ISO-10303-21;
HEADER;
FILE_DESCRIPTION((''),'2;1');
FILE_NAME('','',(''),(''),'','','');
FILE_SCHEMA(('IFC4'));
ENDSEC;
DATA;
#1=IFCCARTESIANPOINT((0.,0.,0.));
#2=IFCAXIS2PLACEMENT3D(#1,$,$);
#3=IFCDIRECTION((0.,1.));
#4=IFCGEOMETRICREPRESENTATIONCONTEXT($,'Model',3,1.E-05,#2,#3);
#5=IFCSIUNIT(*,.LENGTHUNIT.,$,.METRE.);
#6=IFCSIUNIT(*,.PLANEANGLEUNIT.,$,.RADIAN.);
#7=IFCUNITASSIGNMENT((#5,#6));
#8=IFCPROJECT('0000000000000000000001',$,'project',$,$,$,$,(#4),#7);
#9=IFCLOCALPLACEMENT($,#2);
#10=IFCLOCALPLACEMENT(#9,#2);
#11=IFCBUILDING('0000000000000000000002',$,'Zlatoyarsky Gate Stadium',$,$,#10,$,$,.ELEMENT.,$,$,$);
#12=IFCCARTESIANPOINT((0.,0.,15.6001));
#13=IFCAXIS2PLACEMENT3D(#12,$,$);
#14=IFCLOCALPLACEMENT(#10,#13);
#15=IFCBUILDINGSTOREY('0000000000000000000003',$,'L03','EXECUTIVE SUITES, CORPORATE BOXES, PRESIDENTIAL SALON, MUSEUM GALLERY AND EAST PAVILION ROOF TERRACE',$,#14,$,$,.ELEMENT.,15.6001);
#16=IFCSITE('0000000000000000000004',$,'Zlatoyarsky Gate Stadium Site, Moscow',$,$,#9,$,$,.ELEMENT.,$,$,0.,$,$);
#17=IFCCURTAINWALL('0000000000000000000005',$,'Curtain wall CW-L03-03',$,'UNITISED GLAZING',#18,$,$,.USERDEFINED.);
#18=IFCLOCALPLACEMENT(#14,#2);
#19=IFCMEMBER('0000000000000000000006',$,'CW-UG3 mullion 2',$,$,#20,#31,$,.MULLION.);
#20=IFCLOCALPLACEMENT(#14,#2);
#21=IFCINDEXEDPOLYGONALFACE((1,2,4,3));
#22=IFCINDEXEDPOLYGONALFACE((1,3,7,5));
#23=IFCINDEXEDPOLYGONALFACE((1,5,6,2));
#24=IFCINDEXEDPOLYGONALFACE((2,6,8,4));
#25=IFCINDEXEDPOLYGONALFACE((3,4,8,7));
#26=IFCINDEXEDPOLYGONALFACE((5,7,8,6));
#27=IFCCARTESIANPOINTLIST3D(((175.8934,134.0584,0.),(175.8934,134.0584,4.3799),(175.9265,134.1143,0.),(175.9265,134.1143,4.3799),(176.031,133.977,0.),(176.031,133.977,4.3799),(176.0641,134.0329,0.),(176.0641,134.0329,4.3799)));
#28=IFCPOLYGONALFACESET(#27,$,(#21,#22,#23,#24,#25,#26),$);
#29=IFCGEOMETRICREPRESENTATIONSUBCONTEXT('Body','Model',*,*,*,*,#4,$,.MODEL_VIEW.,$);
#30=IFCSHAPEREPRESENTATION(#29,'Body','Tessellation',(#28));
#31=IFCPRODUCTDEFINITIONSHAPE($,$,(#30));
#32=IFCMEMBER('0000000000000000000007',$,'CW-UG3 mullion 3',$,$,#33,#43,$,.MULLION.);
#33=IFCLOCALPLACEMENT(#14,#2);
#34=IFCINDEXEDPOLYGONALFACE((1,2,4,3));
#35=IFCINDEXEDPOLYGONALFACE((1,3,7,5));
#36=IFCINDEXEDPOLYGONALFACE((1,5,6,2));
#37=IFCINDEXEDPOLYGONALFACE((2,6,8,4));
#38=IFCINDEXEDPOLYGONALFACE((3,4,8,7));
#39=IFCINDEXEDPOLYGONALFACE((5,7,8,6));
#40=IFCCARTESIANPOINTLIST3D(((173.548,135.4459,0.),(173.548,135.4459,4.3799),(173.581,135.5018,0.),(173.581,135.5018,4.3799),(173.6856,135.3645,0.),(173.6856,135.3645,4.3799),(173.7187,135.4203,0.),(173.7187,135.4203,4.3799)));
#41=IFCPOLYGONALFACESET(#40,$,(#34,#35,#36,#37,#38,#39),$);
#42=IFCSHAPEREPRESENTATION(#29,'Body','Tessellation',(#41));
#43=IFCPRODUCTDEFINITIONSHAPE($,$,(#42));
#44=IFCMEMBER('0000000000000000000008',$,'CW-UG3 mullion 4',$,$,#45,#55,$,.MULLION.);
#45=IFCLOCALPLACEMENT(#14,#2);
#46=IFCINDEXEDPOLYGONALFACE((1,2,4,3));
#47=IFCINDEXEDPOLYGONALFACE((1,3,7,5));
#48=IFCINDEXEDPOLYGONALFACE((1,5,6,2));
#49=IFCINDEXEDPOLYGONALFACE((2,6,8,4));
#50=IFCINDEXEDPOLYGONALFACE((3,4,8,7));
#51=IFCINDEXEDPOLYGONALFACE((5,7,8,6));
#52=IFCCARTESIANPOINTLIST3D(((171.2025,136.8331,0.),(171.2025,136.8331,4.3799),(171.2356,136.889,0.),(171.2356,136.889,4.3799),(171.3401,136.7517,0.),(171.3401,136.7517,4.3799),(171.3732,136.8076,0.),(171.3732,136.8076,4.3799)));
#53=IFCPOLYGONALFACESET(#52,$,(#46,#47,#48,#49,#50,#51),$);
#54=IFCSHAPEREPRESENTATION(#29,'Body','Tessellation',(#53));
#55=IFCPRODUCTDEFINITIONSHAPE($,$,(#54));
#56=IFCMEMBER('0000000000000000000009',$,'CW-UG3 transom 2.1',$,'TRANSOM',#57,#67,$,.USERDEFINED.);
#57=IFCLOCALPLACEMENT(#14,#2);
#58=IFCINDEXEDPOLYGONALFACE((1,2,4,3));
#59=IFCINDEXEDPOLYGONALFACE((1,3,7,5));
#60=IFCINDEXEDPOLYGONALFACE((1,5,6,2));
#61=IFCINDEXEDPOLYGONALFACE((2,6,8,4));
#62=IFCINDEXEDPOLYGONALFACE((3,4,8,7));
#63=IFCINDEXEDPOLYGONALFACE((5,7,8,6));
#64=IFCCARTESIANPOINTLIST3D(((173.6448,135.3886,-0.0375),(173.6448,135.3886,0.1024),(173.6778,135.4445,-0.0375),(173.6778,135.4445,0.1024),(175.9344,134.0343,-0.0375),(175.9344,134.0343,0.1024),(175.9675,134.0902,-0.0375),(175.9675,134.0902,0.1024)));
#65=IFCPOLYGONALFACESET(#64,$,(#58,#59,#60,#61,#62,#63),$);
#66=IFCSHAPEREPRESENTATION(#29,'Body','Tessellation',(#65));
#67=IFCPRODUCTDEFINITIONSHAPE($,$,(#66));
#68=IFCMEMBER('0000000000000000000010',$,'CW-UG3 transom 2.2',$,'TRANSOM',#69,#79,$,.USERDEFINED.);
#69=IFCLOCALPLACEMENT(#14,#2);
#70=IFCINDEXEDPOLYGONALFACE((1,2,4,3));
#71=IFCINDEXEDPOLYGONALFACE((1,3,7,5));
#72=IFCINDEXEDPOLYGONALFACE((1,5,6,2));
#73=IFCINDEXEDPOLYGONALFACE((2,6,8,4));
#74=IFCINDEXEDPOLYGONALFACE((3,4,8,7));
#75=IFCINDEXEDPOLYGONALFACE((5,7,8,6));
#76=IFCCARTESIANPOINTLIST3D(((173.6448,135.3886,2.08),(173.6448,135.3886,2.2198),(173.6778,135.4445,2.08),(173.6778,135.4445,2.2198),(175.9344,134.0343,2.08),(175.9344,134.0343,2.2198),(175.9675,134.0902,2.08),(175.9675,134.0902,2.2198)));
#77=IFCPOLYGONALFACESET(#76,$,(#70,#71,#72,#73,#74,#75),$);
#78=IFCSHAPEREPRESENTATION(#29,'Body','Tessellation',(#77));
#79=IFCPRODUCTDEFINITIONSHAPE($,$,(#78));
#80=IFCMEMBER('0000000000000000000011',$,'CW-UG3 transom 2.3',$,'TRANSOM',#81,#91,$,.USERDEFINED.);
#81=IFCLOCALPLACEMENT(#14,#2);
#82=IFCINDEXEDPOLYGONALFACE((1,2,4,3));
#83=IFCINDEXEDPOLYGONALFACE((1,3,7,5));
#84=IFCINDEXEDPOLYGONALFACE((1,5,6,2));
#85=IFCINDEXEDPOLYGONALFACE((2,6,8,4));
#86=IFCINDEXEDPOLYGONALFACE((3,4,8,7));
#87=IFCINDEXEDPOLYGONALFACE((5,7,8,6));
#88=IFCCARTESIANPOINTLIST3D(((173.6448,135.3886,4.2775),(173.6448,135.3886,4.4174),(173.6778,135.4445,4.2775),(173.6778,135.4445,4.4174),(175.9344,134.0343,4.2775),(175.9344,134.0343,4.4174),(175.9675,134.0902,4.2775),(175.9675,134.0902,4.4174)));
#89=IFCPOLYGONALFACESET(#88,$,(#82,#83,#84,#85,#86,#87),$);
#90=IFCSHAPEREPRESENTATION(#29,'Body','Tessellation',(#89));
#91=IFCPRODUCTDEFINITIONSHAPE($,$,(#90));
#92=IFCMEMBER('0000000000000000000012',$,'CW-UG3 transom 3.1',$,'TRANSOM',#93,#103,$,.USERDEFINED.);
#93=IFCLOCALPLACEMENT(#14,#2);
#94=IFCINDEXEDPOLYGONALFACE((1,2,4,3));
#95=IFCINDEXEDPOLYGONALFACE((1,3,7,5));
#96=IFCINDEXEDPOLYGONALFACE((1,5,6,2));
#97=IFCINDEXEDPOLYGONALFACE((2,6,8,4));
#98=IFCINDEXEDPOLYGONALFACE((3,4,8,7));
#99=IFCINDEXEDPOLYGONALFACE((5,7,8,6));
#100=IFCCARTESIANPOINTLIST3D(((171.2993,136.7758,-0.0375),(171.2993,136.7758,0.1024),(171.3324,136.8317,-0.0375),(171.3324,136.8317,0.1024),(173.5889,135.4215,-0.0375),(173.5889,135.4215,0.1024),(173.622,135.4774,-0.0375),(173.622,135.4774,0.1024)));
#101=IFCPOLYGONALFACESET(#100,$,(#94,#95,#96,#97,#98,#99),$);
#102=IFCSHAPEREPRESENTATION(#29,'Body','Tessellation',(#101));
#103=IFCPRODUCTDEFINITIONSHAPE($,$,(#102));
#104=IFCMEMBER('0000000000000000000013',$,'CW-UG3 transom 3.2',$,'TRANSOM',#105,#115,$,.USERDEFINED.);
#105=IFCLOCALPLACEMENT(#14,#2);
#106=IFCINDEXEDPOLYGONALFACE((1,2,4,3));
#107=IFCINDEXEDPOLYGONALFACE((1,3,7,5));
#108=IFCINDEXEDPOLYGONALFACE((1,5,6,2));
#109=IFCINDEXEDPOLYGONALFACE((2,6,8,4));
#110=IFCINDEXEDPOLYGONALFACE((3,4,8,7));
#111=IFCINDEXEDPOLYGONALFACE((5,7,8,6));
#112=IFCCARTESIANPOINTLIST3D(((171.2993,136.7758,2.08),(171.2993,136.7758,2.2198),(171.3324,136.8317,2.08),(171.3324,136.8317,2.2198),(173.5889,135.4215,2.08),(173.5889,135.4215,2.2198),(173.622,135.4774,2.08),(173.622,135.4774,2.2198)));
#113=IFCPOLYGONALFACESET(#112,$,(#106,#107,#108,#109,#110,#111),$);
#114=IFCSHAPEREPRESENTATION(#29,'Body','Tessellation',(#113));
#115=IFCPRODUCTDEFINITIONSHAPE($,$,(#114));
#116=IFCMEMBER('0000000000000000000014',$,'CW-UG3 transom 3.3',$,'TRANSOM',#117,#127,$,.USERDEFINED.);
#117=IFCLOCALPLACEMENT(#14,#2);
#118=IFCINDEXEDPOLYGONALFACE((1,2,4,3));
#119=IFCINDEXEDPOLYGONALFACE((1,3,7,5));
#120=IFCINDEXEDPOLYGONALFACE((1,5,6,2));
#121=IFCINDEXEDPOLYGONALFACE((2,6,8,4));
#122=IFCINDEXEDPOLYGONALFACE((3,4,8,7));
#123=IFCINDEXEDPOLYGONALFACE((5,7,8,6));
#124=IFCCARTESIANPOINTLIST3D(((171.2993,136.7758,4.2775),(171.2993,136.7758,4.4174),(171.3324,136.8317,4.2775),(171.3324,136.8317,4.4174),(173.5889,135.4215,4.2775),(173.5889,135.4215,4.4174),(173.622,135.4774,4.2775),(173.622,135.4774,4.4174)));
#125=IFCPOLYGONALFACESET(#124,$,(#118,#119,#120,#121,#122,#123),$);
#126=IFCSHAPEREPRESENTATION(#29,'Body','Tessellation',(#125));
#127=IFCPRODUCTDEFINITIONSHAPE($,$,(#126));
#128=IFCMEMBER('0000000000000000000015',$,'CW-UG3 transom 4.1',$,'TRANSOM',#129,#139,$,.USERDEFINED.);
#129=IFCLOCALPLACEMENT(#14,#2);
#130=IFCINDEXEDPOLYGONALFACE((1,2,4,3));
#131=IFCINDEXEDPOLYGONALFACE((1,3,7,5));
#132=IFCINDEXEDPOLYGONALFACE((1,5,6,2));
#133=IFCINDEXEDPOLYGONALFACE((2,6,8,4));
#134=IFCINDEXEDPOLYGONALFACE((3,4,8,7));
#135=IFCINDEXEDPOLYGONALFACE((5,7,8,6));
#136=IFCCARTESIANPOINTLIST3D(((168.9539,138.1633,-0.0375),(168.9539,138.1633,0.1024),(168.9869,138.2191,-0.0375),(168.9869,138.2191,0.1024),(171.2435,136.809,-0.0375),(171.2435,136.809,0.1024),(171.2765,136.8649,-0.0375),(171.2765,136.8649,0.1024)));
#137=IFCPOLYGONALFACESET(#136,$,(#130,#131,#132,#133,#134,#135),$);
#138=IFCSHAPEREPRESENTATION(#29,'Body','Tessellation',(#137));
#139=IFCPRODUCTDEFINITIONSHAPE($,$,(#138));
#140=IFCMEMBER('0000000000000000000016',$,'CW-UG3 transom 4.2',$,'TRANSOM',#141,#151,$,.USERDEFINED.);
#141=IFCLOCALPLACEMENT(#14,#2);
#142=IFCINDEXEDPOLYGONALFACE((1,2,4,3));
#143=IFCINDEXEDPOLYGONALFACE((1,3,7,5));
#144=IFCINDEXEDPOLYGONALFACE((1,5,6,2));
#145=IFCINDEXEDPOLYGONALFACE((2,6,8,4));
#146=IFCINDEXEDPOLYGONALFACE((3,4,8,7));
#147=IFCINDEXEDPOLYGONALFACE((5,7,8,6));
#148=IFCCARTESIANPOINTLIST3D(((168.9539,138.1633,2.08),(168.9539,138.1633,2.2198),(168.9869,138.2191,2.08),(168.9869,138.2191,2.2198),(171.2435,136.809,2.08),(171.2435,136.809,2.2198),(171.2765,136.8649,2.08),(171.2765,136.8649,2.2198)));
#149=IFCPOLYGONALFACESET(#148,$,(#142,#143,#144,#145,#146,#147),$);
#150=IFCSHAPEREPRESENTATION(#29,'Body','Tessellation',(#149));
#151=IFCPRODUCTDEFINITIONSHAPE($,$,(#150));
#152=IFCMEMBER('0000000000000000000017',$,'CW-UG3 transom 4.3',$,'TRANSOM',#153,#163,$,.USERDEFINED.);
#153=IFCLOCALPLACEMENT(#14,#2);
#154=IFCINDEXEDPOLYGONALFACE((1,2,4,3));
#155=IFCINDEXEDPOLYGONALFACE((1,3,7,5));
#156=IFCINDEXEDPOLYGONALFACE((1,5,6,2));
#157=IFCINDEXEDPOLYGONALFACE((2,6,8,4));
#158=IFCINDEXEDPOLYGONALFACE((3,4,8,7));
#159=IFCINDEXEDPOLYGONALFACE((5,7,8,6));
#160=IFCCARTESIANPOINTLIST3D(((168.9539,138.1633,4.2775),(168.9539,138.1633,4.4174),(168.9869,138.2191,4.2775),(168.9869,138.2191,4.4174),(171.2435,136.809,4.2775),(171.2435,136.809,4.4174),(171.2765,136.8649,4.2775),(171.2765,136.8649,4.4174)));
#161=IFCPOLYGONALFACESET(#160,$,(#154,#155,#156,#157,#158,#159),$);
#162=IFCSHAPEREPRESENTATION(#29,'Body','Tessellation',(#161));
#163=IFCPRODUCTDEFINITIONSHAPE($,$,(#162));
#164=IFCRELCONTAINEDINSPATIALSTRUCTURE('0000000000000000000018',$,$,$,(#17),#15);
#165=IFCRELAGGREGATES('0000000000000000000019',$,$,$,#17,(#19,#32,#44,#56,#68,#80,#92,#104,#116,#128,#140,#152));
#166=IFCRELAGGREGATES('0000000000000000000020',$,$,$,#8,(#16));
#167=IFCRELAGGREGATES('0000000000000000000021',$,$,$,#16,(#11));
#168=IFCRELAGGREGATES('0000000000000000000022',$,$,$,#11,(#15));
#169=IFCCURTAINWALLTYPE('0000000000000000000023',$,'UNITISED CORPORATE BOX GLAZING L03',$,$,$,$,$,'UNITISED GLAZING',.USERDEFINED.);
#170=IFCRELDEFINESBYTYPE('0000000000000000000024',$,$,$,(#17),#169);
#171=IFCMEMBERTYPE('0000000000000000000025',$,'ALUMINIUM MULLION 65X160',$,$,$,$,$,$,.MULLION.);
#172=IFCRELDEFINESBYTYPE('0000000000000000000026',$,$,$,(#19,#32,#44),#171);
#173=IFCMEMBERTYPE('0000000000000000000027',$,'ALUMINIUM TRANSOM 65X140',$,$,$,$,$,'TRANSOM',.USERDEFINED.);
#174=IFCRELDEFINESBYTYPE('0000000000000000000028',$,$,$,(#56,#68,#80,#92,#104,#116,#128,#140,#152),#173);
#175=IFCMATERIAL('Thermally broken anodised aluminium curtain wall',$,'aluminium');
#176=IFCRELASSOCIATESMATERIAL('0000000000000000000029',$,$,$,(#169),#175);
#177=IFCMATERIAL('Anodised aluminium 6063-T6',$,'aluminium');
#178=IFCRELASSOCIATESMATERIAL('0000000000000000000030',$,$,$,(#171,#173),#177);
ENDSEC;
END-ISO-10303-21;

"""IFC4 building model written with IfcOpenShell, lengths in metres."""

from ifc_helpers import new_model, si_unit, direction, frame, origin, origin_2d, place, context, subcontext, project, spatial, rectangle, extrude, material, material_profile, profile_set, type_object, element, aggregate, save


model = new_model("IFC4")

# Units and contexts
model_context = context("Model", 3, precision=1e-05, world=origin(), true_north=direction((0.0, 1.0)))
body_context = subcontext(model_context, "Body", "Model", "MODEL_VIEW")
ifc_project = project(units=[si_unit("LENGTHUNIT", "METRE"), si_unit("PLANEANGLEUNIT", "RADIAN")], contexts=[model_context])

# Site, building, storey
site_placement = place(None, origin())
site = spatial("IfcSite", under=ifc_project, at=site_placement, Name="Zlatoyarsky Gate Stadium Site, Moscow", CompositionType="ELEMENT", RefElevation=0.0)
building_placement = place(site_placement, origin())
building = spatial("IfcBuilding", under=site, at=building_placement, Name="Zlatoyarsky Gate Stadium", CompositionType="ELEMENT")
storey_placement = place(building_placement, frame((0.0, 0.0, 15.6001)))
storey = spatial("IfcBuildingStorey", under=building, at=storey_placement, Name="L03", Description="EXECUTIVE SUITES, CORPORATE BOXES, PRESIDENTIAL SALON, MUSEUM GALLERY AND EAST PAVILION ROOF TERRACE", CompositionType="ELEMENT", Elevation=15.6001)

# Curtain wall, members
ifc_material_1 = material(Name="Thermally broken anodised aluminium curtain wall", Category="aluminium")
curtain_wall_type = type_object("IfcCurtainWallType", Name="UNITISED CORPORATE BOX GLAZING L03", ElementType="UNITISED GLAZING", PredefinedType="USERDEFINED", material=ifc_material_1)
curtain_wall_placement = place(storey_placement, origin())
curtain_wall = element("IfcCurtainWall", 1, at=curtain_wall_placement, inside=storey, type_object=curtain_wall_type, Name="Curtain wall CW-L03-03", ObjectType="UNITISED GLAZING", PredefinedType="USERDEFINED")
ifc_material_2 = material(Name="Anodised aluminium 6063-T6", Category="aluminium")
ifc_material_profile_1 = material_profile(ifc_material_2, rectangle(XDim=0.0649, YDim=0.1599, at=origin_2d()), Name="ALU 65X160")
ifc_profile_set_1 = profile_set([ifc_material_profile_1], Name="Anodised aluminium 6063-T6")
member_type_1 = type_object("IfcMemberType", Name="ALUMINIUM MULLION 65X160", PredefinedType="MULLION", material=ifc_profile_set_1)
member_1_placement = place(storey_placement, frame((175.9788, 134.0457, 0.0), z_axis=(0.0, 0.0, 1.0), x_axis=(-0.509098, -0.860708, 0.0)))
member_1 = element("IfcMember", 2, at=member_1_placement, type_object=member_type_1, Name="CW-UG3 mullion 2", PredefinedType="MULLION", context=body_context, shape_type="SweptSolid", body=[
    extrude(rectangle(XDim=0.0649, YDim=0.1599, at=origin_2d()), origin(), (0.0, 0.0, 1.0), 4.3799),
])
member_2_placement = place(storey_placement, frame((173.6333, 135.4331, 0.0), z_axis=(0.0, 0.0, 1.0), x_axis=(-0.509098, -0.860708, 0.0)))
member_2 = element("IfcMember", 3, at=member_2_placement, type_object=member_type_1, Name="CW-UG3 mullion 3", PredefinedType="MULLION", context=body_context, shape_type="SweptSolid", body=[
    extrude(rectangle(XDim=0.0649, YDim=0.1599, at=origin_2d()), origin(), (0.0, 0.0, 1.0), 4.3799),
])
member_3_placement = place(storey_placement, frame((171.2878, 136.8203, 0.0), z_axis=(0.0, 0.0, 1.0), x_axis=(-0.509098, -0.860708, 0.0)))
member_3 = element("IfcMember", 4, at=member_3_placement, type_object=member_type_1, Name="CW-UG3 mullion 4", PredefinedType="MULLION", context=body_context, shape_type="SweptSolid", body=[
    extrude(rectangle(XDim=0.0649, YDim=0.1599, at=origin_2d()), origin(), (0.0, 0.0, 1.0), 4.3799),
])
ifc_material_profile_2 = material_profile(ifc_material_2, rectangle(XDim=0.0649, YDim=0.1399, at=origin_2d()), Name="ALU 65X140")
ifc_profile_set_2 = profile_set([ifc_material_profile_2], Name="Anodised aluminium 6063-T6")
member_type_2 = type_object("IfcMemberType", Name="ALUMINIUM TRANSOM 65X140", ElementType="TRANSOM", PredefinedType="USERDEFINED", material=ifc_profile_set_2)
member_4_placement = place(storey_placement, frame((175.9509, 134.0623, 0.0325), z_axis=(-0.860707, 0.5091, 0.0), x_axis=(-0.5091, -0.860707, 0.0)))
member_4 = element("IfcMember", 5, at=member_4_placement, type_object=member_type_2, Name="CW-UG3 transom 2.1", ObjectType="TRANSOM", PredefinedType="USERDEFINED", context=body_context, shape_type="SweptSolid", body=[
    extrude(rectangle(XDim=0.0649, YDim=0.1399, at=origin_2d()), origin(), (0.0, 0.0, 1.0), 2.6602),
])
member_5_placement = place(storey_placement, frame((175.9509, 134.0623, 2.1499), z_axis=(-0.860707, 0.5091, 0.0), x_axis=(-0.5091, -0.860707, 0.0)))
member_5 = element("IfcMember", 6, at=member_5_placement, type_object=member_type_2, Name="CW-UG3 transom 2.2", ObjectType="TRANSOM", PredefinedType="USERDEFINED", context=body_context, shape_type="SweptSolid", body=[
    extrude(rectangle(XDim=0.0649, YDim=0.1399, at=origin_2d()), origin(), (0.0, 0.0, 1.0), 2.6602),
])
member_6_placement = place(storey_placement, frame((175.9509, 134.0623, 4.3474), z_axis=(-0.860707, 0.5091, 0.0), x_axis=(-0.5091, -0.860707, 0.0)))
member_6 = element("IfcMember", 7, at=member_6_placement, type_object=member_type_2, Name="CW-UG3 transom 2.3", ObjectType="TRANSOM", PredefinedType="USERDEFINED", context=body_context, shape_type="SweptSolid", body=[
    extrude(rectangle(XDim=0.0649, YDim=0.1399, at=origin_2d()), origin(), (0.0, 0.0, 1.0), 2.6602),
])
member_7_placement = place(storey_placement, frame((173.6055, 135.4495, 0.0325), z_axis=(-0.860707, 0.5091, 0.0), x_axis=(-0.5091, -0.860707, 0.0)))
member_7 = element("IfcMember", 8, at=member_7_placement, type_object=member_type_2, Name="CW-UG3 transom 3.1", ObjectType="TRANSOM", PredefinedType="USERDEFINED", context=body_context, shape_type="SweptSolid", body=[
    extrude(rectangle(XDim=0.0649, YDim=0.1399, at=origin_2d()), origin(), (0.0, 0.0, 1.0), 2.6602),
])
member_8_placement = place(storey_placement, frame((173.6055, 135.4495, 2.1499), z_axis=(-0.860707, 0.5091, 0.0), x_axis=(-0.5091, -0.860707, 0.0)))
member_8 = element("IfcMember", 9, at=member_8_placement, type_object=member_type_2, Name="CW-UG3 transom 3.2", ObjectType="TRANSOM", PredefinedType="USERDEFINED", context=body_context, shape_type="SweptSolid", body=[
    extrude(rectangle(XDim=0.0649, YDim=0.1399, at=origin_2d()), origin(), (0.0, 0.0, 1.0), 2.6602),
])
member_9_placement = place(storey_placement, frame((173.6055, 135.4495, 4.3474), z_axis=(-0.860707, 0.5091, 0.0), x_axis=(-0.5091, -0.860707, 0.0)))
member_9 = element("IfcMember", 10, at=member_9_placement, type_object=member_type_2, Name="CW-UG3 transom 3.3", ObjectType="TRANSOM", PredefinedType="USERDEFINED", context=body_context, shape_type="SweptSolid", body=[
    extrude(rectangle(XDim=0.0649, YDim=0.1399, at=origin_2d()), origin(), (0.0, 0.0, 1.0), 2.6602),
])
member_10_placement = place(storey_placement, frame((171.26, 136.8369, 0.0325), z_axis=(-0.860707, 0.5091, 0.0), x_axis=(-0.5091, -0.860707, 0.0)))
member_10 = element("IfcMember", 11, at=member_10_placement, type_object=member_type_2, Name="CW-UG3 transom 4.1", ObjectType="TRANSOM", PredefinedType="USERDEFINED", context=body_context, shape_type="SweptSolid", body=[
    extrude(rectangle(XDim=0.0649, YDim=0.1399, at=origin_2d()), origin(), (0.0, 0.0, 1.0), 2.6602),
])
member_11_placement = place(storey_placement, frame((171.26, 136.8369, 2.1499), z_axis=(-0.860707, 0.5091, 0.0), x_axis=(-0.5091, -0.860707, 0.0)))
member_11 = element("IfcMember", 12, at=member_11_placement, type_object=member_type_2, Name="CW-UG3 transom 4.2", ObjectType="TRANSOM", PredefinedType="USERDEFINED", context=body_context, shape_type="SweptSolid", body=[
    extrude(rectangle(XDim=0.0649, YDim=0.1399, at=origin_2d()), origin(), (0.0, 0.0, 1.0), 2.6602),
])
member_12_placement = place(storey_placement, frame((171.26, 136.8369, 4.3474), z_axis=(-0.860707, 0.5091, 0.0), x_axis=(-0.5091, -0.860707, 0.0)))
member_12 = element("IfcMember", 13, at=member_12_placement, type_object=member_type_2, Name="CW-UG3 transom 4.3", ObjectType="TRANSOM", PredefinedType="USERDEFINED", context=body_context, shape_type="SweptSolid", body=[
    extrude(rectangle(XDim=0.0649, YDim=0.1399, at=origin_2d()), origin(), (0.0, 0.0, 1.0), 2.6602),
])

aggregate(curtain_wall, [member_1, member_2, member_3, member_4, member_5, member_6, member_7, member_8, member_9, member_10, member_11, member_12])

save(model, "model.ifc")
